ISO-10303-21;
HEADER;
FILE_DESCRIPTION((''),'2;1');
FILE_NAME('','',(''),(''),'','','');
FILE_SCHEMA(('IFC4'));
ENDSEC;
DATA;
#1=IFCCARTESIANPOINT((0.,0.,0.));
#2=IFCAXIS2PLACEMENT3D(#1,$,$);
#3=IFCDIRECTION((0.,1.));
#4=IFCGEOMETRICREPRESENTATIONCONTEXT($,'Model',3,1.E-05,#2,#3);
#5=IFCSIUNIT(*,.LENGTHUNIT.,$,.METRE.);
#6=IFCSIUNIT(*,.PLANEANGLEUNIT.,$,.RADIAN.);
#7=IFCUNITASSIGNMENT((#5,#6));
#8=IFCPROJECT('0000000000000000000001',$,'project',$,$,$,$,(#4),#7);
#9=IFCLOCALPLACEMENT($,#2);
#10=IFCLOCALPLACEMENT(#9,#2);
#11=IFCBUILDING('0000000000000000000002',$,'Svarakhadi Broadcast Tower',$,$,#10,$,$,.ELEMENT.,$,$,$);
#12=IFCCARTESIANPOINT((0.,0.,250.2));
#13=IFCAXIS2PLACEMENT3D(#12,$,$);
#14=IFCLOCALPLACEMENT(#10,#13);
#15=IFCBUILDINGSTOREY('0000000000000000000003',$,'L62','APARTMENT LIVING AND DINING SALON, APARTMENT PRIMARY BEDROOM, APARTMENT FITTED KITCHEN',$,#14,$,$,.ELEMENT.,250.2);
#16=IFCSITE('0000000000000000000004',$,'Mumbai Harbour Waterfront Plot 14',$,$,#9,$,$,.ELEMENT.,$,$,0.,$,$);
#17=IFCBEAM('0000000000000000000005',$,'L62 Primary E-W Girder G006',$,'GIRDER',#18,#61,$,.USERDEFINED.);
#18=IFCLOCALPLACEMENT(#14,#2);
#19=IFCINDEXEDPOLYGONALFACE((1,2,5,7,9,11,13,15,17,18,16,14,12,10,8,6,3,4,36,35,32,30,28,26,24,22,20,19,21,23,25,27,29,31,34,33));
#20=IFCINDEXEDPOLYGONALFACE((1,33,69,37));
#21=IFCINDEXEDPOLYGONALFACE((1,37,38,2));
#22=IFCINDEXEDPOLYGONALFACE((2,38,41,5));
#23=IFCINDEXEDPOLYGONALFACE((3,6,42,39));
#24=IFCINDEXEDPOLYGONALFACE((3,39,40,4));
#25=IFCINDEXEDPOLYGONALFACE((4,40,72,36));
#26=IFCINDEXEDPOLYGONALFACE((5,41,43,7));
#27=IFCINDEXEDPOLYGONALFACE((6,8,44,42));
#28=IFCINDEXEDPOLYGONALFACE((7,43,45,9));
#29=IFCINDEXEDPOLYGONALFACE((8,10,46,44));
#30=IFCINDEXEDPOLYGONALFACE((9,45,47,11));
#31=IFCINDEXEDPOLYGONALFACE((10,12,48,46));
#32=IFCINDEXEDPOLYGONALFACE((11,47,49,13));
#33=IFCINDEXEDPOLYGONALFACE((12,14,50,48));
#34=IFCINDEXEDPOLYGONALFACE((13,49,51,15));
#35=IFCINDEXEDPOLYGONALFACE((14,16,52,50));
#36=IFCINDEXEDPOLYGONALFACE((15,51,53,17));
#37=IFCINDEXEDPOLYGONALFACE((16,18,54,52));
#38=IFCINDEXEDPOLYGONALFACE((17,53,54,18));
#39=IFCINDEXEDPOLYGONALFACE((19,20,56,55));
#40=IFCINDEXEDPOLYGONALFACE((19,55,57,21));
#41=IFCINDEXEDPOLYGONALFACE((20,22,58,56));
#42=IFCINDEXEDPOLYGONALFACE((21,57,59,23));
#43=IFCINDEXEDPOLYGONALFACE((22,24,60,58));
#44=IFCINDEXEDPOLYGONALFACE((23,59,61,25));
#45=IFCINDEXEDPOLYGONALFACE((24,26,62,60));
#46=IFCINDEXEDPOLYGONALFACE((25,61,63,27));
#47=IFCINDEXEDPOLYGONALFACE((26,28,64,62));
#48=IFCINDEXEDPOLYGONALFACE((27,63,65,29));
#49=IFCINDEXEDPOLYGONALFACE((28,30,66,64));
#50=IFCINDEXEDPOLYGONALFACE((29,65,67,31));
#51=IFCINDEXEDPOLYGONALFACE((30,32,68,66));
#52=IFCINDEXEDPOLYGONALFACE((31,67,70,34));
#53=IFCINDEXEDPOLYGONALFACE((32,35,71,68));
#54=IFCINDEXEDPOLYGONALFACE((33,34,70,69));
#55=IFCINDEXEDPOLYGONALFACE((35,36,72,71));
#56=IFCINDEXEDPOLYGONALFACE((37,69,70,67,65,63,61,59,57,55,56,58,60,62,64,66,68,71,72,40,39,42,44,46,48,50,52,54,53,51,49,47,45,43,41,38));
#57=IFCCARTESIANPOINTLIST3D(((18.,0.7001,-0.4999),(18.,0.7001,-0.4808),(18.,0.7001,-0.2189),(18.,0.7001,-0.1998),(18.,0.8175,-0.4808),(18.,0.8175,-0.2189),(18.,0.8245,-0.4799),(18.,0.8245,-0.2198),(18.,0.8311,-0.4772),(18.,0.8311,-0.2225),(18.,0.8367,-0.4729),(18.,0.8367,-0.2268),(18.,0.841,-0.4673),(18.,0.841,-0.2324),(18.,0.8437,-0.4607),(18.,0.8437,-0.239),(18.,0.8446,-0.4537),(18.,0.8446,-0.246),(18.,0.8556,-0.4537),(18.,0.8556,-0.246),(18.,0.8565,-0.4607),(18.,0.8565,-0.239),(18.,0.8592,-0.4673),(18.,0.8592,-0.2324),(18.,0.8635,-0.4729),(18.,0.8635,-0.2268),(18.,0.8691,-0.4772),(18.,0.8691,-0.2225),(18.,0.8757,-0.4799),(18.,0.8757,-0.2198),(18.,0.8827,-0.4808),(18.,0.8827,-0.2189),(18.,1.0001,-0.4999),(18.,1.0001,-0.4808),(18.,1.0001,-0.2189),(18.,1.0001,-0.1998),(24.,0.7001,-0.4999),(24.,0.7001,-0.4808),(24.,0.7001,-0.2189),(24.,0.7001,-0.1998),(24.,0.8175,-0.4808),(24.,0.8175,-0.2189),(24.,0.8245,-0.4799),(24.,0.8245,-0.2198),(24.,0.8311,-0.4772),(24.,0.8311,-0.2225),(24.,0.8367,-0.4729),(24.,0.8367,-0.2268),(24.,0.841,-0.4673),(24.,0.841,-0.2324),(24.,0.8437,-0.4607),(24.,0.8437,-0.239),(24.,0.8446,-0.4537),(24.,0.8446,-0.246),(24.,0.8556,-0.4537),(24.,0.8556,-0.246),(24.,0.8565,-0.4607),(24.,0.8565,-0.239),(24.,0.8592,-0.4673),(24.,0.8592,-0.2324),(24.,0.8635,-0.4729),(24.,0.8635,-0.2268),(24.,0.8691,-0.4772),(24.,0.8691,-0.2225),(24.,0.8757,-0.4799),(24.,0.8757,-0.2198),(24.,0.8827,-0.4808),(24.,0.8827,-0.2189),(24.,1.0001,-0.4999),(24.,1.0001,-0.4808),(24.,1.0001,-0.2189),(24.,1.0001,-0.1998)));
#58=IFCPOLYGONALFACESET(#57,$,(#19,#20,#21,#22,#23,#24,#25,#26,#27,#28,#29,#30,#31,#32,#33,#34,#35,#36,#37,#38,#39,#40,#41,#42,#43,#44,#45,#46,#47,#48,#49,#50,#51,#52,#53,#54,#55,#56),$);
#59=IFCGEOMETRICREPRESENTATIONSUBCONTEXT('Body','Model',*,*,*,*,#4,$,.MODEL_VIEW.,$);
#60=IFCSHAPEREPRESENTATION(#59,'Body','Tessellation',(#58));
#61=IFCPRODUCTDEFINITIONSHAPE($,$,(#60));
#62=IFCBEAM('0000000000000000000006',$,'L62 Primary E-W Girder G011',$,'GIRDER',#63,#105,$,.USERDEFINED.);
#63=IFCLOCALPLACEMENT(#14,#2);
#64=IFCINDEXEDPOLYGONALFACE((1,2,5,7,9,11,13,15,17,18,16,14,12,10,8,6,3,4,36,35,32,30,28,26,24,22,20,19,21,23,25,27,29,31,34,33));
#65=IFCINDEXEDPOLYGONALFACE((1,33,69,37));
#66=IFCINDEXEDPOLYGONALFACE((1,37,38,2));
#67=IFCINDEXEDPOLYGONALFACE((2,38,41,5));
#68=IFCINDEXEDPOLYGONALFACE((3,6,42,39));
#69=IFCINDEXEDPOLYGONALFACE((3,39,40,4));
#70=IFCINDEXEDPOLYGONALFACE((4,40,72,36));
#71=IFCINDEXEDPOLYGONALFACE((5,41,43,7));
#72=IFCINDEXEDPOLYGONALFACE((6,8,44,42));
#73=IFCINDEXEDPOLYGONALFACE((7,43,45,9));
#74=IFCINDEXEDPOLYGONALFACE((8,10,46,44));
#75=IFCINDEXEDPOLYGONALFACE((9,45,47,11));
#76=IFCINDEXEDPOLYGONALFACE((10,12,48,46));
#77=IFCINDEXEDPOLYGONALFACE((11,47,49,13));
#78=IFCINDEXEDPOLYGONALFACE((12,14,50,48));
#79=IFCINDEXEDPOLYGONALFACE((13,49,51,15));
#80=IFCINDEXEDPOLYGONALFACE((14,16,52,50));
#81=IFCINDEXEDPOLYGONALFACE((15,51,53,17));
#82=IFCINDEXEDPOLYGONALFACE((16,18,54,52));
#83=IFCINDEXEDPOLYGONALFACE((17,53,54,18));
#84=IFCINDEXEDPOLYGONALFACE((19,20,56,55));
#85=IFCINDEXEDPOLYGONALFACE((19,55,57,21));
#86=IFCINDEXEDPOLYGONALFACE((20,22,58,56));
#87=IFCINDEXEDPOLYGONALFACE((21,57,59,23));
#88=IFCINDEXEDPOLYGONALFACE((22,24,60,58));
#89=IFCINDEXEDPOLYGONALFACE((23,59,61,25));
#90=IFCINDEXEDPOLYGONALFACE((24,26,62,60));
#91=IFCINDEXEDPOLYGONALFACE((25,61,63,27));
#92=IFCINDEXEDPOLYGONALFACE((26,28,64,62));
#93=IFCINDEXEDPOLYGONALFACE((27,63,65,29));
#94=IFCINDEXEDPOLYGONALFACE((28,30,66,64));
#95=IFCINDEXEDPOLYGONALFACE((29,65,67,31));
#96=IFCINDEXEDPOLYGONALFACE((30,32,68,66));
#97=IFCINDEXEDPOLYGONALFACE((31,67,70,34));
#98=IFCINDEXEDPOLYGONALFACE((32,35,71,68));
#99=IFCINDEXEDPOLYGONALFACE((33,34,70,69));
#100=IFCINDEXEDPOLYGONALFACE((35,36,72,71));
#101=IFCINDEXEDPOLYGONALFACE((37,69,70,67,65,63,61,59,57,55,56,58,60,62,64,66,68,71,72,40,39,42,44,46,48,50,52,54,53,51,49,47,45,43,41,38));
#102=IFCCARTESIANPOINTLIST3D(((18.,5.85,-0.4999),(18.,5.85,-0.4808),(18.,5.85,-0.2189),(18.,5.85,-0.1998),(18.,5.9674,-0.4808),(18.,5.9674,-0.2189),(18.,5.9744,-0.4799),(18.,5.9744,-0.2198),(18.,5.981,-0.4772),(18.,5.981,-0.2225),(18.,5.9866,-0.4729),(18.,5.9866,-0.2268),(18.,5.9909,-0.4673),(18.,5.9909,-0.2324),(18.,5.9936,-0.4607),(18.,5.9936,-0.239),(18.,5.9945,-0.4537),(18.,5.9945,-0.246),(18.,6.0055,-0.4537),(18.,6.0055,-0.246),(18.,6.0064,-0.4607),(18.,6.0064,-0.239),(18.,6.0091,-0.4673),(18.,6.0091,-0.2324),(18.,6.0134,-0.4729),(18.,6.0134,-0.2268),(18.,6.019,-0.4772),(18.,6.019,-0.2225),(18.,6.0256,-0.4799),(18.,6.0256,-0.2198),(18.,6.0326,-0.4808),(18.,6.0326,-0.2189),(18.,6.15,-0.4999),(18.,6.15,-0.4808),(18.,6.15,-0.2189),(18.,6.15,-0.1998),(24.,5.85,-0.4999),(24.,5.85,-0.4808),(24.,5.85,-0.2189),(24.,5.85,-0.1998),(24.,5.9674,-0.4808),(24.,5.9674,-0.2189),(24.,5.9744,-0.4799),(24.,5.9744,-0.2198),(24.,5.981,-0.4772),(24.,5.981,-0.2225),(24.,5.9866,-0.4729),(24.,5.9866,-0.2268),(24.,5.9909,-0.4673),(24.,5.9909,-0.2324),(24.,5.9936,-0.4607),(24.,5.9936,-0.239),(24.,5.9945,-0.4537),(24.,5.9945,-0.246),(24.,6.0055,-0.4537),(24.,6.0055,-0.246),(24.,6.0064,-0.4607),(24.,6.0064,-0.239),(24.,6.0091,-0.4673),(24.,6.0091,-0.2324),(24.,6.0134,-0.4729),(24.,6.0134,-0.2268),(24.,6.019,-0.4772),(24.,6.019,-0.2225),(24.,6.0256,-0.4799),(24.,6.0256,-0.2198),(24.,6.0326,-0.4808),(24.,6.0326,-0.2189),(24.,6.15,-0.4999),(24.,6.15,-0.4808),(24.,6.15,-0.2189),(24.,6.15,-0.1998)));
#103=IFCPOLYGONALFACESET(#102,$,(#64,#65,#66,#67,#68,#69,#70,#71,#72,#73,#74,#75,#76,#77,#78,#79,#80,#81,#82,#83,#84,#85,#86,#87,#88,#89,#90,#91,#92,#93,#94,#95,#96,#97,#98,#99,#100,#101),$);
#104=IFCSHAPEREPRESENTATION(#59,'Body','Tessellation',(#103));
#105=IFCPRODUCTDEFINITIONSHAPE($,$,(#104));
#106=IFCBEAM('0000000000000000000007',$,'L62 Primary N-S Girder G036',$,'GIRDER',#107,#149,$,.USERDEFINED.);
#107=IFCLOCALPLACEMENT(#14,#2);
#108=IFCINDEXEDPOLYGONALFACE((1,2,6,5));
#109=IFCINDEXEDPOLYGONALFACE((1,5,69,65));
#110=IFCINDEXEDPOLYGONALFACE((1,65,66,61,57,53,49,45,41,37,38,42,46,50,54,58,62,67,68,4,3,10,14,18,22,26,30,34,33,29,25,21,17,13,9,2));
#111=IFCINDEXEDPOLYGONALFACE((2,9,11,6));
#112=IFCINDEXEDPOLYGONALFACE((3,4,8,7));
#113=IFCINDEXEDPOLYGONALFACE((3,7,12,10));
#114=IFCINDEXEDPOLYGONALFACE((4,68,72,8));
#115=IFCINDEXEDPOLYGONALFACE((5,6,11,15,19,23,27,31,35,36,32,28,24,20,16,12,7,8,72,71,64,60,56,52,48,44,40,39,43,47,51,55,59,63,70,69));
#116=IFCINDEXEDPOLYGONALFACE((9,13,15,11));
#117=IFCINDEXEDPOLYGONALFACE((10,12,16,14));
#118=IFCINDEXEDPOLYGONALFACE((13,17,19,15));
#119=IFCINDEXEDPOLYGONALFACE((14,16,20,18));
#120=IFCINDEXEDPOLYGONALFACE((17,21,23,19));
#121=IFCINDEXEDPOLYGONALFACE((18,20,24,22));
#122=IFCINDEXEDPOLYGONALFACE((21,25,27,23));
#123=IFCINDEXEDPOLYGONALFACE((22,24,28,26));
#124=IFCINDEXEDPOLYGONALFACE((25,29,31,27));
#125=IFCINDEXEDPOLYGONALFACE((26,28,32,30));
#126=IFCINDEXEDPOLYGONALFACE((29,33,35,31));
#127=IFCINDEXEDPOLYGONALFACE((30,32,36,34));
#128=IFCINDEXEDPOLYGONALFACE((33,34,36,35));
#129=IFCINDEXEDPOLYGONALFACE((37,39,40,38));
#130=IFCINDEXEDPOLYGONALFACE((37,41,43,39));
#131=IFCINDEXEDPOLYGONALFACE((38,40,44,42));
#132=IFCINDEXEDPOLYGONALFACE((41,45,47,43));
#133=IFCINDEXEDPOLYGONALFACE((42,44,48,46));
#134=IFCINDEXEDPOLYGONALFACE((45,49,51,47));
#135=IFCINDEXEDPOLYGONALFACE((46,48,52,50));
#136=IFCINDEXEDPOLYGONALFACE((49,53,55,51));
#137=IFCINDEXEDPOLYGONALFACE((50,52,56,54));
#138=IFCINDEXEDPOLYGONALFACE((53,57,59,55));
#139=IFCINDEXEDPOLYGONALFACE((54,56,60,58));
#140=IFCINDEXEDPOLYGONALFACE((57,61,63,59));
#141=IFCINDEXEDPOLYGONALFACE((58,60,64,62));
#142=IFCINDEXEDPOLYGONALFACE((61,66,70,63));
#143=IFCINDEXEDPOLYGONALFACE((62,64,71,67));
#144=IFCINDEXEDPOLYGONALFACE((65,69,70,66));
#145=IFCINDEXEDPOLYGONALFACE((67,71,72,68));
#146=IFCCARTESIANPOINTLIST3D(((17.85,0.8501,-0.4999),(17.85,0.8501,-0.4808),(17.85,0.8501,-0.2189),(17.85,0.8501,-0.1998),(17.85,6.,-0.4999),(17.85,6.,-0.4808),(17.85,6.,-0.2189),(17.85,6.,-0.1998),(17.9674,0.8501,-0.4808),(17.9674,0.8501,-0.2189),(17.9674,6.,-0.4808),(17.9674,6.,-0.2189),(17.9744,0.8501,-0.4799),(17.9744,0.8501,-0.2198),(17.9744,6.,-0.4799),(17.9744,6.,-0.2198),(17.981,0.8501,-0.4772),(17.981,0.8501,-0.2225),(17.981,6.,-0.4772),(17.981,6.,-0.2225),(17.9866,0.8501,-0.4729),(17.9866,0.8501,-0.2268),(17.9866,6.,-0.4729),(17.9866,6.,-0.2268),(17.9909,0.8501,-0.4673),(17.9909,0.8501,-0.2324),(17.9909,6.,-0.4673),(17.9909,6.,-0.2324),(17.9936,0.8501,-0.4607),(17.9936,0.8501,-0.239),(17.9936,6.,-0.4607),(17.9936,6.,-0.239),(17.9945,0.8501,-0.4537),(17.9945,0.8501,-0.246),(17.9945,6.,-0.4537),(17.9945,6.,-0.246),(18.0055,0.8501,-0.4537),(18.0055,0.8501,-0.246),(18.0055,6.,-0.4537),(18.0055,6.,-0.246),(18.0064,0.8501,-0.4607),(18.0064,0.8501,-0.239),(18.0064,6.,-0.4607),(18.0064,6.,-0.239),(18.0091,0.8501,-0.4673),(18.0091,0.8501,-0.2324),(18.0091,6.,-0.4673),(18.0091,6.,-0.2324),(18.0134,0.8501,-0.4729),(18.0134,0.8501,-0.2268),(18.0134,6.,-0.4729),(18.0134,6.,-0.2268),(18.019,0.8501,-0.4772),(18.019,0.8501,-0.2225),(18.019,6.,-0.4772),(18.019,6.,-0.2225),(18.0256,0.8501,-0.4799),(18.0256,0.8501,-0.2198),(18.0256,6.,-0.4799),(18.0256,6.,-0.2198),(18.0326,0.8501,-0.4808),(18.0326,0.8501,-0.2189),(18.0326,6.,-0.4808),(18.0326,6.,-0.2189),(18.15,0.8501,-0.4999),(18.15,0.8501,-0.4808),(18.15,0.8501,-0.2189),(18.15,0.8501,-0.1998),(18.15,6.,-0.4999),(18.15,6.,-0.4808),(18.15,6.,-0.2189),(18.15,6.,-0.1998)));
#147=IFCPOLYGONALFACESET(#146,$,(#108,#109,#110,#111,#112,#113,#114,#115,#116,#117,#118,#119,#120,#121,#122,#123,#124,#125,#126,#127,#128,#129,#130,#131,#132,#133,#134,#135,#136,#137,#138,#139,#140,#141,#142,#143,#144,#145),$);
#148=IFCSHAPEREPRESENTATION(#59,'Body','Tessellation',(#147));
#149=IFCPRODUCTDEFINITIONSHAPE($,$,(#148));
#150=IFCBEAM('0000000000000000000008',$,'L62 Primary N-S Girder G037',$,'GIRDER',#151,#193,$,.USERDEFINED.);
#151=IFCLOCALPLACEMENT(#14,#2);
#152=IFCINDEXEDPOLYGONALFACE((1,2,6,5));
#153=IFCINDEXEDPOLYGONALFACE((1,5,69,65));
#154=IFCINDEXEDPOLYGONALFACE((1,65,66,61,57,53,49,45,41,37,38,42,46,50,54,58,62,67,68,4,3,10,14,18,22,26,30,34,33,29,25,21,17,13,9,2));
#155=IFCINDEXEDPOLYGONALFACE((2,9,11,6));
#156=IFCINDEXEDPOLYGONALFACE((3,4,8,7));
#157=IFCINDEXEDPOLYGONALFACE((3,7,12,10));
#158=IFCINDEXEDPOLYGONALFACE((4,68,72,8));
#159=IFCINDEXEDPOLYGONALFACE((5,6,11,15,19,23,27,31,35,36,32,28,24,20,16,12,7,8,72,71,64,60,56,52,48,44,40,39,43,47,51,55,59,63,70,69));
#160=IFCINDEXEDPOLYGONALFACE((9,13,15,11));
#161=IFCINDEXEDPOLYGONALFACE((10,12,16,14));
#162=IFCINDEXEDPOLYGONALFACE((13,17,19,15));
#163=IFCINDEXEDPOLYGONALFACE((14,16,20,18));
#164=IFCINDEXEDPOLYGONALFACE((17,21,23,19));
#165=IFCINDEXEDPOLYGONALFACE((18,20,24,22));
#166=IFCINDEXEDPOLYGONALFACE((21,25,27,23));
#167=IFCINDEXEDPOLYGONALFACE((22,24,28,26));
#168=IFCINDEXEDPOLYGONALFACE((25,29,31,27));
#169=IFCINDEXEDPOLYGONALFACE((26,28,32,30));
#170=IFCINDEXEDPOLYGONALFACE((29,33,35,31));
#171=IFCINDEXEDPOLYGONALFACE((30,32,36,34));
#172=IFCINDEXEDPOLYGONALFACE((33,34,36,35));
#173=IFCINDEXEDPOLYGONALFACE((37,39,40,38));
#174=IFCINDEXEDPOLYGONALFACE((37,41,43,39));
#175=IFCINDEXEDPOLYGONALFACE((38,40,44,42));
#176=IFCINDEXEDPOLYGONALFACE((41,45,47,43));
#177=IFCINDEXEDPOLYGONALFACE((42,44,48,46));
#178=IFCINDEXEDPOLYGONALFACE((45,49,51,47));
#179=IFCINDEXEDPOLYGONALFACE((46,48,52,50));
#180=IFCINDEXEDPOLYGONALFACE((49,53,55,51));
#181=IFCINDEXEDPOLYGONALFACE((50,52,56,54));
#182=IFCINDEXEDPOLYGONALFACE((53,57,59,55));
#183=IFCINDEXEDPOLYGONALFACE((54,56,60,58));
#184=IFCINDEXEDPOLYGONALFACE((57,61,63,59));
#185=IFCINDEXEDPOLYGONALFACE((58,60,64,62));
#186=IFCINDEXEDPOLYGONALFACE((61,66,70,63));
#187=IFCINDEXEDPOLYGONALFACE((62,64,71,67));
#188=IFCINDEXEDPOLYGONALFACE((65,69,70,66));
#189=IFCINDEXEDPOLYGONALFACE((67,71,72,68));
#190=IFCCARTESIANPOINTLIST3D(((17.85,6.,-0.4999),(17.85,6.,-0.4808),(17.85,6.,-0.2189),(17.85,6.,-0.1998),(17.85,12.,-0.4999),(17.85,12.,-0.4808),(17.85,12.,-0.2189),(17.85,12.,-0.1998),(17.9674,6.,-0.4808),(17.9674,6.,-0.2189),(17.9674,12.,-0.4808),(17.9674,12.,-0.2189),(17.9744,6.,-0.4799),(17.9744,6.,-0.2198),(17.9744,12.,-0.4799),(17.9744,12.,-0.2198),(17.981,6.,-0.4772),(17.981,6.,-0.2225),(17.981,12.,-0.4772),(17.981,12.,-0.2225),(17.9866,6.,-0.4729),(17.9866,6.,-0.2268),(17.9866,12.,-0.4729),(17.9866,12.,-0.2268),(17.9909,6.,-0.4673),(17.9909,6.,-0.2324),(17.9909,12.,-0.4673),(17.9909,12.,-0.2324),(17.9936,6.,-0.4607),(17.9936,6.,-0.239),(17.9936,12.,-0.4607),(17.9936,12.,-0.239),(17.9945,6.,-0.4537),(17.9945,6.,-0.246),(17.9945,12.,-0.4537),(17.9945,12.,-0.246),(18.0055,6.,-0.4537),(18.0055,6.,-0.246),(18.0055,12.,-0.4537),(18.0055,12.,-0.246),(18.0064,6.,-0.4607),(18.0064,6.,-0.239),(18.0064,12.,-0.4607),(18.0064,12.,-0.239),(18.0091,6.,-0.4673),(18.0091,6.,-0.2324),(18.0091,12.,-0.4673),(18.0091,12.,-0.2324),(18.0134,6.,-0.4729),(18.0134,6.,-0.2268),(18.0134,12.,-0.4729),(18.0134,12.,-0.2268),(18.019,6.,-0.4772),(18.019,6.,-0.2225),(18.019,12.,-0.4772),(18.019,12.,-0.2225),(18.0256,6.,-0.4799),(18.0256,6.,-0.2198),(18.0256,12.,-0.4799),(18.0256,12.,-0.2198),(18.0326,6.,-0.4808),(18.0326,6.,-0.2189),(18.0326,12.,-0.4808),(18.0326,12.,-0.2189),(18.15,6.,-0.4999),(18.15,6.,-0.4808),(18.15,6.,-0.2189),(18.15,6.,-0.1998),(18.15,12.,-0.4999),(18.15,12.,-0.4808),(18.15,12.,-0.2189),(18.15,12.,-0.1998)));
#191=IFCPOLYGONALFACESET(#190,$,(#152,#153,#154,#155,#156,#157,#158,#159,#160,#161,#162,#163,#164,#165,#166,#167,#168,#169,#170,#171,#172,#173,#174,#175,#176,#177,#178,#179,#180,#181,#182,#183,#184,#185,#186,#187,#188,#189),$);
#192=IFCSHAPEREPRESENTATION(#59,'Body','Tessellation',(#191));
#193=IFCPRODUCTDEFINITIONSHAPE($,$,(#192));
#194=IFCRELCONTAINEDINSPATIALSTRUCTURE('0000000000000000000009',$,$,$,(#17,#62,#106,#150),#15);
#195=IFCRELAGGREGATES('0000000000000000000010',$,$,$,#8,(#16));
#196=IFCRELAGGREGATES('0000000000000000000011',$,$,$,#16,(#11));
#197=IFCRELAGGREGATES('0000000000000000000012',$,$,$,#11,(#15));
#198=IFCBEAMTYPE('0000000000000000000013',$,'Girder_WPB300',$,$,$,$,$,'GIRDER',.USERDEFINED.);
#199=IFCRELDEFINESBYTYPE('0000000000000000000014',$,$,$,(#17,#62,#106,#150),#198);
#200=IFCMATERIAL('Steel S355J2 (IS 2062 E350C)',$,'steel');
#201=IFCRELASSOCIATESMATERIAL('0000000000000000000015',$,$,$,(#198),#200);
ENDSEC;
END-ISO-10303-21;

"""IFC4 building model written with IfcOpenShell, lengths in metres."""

from ifc_helpers import new_model, si_unit, direction, frame, origin, origin_2d, place, context, subcontext, project, spatial, i_section, extrude, material, material_profile, profile_set, type_object, element, save


model = new_model("IFC4")

# Units and contexts
model_context = context("Model", 3, precision=1e-05, world=origin(), true_north=direction((0.0, 1.0)))
body_context = subcontext(model_context, "Body", "Model", "MODEL_VIEW")
ifc_project = project(units=[si_unit("LENGTHUNIT", "METRE"), si_unit("PLANEANGLEUNIT", "RADIAN")], contexts=[model_context])

# Site, building, storey
site_placement = place(None, origin())
site = spatial("IfcSite", under=ifc_project, at=site_placement, Name="Mumbai Harbour Waterfront Plot 14", CompositionType="ELEMENT", RefElevation=0.0)
building_placement = place(site_placement, origin())
building = spatial("IfcBuilding", under=site, at=building_placement, Name="Svarakhadi Broadcast Tower", CompositionType="ELEMENT")
storey_placement = place(building_placement, frame((0.0, 0.0, 250.2)))
storey = spatial("IfcBuildingStorey", under=building, at=storey_placement, Name="L62", Description="APARTMENT LIVING AND DINING SALON, APARTMENT PRIMARY BEDROOM, APARTMENT FITTED KITCHEN", CompositionType="ELEMENT", Elevation=250.2)

# Shared definitions
ifc_material_1 = material(Name="Steel S355J2 (IS 2062 E350C)", Category="steel")

# Beams
ifc_material_profile_1 = material_profile(ifc_material_1, i_section(OverallWidth=0.3, OverallDepth=0.3, WebThickness=0.011, FlangeThickness=0.019, FilletRadius=0.0271, at=origin_2d()), Name="WPB 300x300x117")
ifc_profile_set_1 = profile_set([ifc_material_profile_1], Name="Steel S355J2 (IS 2062 E350C)")
beam_type_1 = type_object("IfcBeamType", Name="Girder_WPB300", ElementType="GIRDER", PredefinedType="USERDEFINED", material=ifc_profile_set_1)
for number, where, z_axis, x_axis, name in (
    (1, (18.0, 0.8501, -0.3499), (1.0, 0.0, 0.0), (0.0, 1.0, 0.0), "L62 Primary E-W Girder G006"),
    (2, (18.0, 6.0, -0.3499), (1.0, 0.0, 0.0), (0.0, 1.0, 0.0), "L62 Primary E-W Girder G011"),
):
    element("IfcBeam", number, at=place(storey_placement, frame(where, z_axis=z_axis, x_axis=x_axis)), inside=storey, type_object=beam_type_1, Name=name, ObjectType="GIRDER", PredefinedType="USERDEFINED", context=body_context, shape_type="SweptSolid", body=[
        extrude(i_section(OverallWidth=0.3, OverallDepth=0.3, WebThickness=0.011, FlangeThickness=0.019, FilletRadius=0.0271, at=origin_2d()), origin(), (0.0, 0.0, 1.0), 6.0),
    ])
beam_1_placement = place(storey_placement, frame((18.0, 0.8501, -0.3499), z_axis=(0.0, 1.0, 0.0), x_axis=(-1.0, 0.0, 0.0)))
element("IfcBeam", 3, at=beam_1_placement, inside=storey, type_object=beam_type_1, Name="L62 Primary N-S Girder G036", ObjectType="GIRDER", PredefinedType="USERDEFINED", context=body_context, shape_type="SweptSolid", body=[
    extrude(i_section(OverallWidth=0.3, OverallDepth=0.3, WebThickness=0.011, FlangeThickness=0.019, FilletRadius=0.0271, at=origin_2d()), origin(), (0.0, 0.0, 1.0), 5.1499),
])
beam_2_placement = place(storey_placement, frame((18.0, 6.0, -0.3499), z_axis=(0.0, 1.0, 0.0), x_axis=(-1.0, 0.0, 0.0)))
element("IfcBeam", 4, at=beam_2_placement, inside=storey, type_object=beam_type_1, Name="L62 Primary N-S Girder G037", ObjectType="GIRDER", PredefinedType="USERDEFINED", context=body_context, shape_type="SweptSolid", body=[
    extrude(i_section(OverallWidth=0.3, OverallDepth=0.3, WebThickness=0.011, FlangeThickness=0.019, FilletRadius=0.0271, at=origin_2d()), origin(), (0.0, 0.0, 1.0), 6.0),
])

save(model, "model.ifc")
